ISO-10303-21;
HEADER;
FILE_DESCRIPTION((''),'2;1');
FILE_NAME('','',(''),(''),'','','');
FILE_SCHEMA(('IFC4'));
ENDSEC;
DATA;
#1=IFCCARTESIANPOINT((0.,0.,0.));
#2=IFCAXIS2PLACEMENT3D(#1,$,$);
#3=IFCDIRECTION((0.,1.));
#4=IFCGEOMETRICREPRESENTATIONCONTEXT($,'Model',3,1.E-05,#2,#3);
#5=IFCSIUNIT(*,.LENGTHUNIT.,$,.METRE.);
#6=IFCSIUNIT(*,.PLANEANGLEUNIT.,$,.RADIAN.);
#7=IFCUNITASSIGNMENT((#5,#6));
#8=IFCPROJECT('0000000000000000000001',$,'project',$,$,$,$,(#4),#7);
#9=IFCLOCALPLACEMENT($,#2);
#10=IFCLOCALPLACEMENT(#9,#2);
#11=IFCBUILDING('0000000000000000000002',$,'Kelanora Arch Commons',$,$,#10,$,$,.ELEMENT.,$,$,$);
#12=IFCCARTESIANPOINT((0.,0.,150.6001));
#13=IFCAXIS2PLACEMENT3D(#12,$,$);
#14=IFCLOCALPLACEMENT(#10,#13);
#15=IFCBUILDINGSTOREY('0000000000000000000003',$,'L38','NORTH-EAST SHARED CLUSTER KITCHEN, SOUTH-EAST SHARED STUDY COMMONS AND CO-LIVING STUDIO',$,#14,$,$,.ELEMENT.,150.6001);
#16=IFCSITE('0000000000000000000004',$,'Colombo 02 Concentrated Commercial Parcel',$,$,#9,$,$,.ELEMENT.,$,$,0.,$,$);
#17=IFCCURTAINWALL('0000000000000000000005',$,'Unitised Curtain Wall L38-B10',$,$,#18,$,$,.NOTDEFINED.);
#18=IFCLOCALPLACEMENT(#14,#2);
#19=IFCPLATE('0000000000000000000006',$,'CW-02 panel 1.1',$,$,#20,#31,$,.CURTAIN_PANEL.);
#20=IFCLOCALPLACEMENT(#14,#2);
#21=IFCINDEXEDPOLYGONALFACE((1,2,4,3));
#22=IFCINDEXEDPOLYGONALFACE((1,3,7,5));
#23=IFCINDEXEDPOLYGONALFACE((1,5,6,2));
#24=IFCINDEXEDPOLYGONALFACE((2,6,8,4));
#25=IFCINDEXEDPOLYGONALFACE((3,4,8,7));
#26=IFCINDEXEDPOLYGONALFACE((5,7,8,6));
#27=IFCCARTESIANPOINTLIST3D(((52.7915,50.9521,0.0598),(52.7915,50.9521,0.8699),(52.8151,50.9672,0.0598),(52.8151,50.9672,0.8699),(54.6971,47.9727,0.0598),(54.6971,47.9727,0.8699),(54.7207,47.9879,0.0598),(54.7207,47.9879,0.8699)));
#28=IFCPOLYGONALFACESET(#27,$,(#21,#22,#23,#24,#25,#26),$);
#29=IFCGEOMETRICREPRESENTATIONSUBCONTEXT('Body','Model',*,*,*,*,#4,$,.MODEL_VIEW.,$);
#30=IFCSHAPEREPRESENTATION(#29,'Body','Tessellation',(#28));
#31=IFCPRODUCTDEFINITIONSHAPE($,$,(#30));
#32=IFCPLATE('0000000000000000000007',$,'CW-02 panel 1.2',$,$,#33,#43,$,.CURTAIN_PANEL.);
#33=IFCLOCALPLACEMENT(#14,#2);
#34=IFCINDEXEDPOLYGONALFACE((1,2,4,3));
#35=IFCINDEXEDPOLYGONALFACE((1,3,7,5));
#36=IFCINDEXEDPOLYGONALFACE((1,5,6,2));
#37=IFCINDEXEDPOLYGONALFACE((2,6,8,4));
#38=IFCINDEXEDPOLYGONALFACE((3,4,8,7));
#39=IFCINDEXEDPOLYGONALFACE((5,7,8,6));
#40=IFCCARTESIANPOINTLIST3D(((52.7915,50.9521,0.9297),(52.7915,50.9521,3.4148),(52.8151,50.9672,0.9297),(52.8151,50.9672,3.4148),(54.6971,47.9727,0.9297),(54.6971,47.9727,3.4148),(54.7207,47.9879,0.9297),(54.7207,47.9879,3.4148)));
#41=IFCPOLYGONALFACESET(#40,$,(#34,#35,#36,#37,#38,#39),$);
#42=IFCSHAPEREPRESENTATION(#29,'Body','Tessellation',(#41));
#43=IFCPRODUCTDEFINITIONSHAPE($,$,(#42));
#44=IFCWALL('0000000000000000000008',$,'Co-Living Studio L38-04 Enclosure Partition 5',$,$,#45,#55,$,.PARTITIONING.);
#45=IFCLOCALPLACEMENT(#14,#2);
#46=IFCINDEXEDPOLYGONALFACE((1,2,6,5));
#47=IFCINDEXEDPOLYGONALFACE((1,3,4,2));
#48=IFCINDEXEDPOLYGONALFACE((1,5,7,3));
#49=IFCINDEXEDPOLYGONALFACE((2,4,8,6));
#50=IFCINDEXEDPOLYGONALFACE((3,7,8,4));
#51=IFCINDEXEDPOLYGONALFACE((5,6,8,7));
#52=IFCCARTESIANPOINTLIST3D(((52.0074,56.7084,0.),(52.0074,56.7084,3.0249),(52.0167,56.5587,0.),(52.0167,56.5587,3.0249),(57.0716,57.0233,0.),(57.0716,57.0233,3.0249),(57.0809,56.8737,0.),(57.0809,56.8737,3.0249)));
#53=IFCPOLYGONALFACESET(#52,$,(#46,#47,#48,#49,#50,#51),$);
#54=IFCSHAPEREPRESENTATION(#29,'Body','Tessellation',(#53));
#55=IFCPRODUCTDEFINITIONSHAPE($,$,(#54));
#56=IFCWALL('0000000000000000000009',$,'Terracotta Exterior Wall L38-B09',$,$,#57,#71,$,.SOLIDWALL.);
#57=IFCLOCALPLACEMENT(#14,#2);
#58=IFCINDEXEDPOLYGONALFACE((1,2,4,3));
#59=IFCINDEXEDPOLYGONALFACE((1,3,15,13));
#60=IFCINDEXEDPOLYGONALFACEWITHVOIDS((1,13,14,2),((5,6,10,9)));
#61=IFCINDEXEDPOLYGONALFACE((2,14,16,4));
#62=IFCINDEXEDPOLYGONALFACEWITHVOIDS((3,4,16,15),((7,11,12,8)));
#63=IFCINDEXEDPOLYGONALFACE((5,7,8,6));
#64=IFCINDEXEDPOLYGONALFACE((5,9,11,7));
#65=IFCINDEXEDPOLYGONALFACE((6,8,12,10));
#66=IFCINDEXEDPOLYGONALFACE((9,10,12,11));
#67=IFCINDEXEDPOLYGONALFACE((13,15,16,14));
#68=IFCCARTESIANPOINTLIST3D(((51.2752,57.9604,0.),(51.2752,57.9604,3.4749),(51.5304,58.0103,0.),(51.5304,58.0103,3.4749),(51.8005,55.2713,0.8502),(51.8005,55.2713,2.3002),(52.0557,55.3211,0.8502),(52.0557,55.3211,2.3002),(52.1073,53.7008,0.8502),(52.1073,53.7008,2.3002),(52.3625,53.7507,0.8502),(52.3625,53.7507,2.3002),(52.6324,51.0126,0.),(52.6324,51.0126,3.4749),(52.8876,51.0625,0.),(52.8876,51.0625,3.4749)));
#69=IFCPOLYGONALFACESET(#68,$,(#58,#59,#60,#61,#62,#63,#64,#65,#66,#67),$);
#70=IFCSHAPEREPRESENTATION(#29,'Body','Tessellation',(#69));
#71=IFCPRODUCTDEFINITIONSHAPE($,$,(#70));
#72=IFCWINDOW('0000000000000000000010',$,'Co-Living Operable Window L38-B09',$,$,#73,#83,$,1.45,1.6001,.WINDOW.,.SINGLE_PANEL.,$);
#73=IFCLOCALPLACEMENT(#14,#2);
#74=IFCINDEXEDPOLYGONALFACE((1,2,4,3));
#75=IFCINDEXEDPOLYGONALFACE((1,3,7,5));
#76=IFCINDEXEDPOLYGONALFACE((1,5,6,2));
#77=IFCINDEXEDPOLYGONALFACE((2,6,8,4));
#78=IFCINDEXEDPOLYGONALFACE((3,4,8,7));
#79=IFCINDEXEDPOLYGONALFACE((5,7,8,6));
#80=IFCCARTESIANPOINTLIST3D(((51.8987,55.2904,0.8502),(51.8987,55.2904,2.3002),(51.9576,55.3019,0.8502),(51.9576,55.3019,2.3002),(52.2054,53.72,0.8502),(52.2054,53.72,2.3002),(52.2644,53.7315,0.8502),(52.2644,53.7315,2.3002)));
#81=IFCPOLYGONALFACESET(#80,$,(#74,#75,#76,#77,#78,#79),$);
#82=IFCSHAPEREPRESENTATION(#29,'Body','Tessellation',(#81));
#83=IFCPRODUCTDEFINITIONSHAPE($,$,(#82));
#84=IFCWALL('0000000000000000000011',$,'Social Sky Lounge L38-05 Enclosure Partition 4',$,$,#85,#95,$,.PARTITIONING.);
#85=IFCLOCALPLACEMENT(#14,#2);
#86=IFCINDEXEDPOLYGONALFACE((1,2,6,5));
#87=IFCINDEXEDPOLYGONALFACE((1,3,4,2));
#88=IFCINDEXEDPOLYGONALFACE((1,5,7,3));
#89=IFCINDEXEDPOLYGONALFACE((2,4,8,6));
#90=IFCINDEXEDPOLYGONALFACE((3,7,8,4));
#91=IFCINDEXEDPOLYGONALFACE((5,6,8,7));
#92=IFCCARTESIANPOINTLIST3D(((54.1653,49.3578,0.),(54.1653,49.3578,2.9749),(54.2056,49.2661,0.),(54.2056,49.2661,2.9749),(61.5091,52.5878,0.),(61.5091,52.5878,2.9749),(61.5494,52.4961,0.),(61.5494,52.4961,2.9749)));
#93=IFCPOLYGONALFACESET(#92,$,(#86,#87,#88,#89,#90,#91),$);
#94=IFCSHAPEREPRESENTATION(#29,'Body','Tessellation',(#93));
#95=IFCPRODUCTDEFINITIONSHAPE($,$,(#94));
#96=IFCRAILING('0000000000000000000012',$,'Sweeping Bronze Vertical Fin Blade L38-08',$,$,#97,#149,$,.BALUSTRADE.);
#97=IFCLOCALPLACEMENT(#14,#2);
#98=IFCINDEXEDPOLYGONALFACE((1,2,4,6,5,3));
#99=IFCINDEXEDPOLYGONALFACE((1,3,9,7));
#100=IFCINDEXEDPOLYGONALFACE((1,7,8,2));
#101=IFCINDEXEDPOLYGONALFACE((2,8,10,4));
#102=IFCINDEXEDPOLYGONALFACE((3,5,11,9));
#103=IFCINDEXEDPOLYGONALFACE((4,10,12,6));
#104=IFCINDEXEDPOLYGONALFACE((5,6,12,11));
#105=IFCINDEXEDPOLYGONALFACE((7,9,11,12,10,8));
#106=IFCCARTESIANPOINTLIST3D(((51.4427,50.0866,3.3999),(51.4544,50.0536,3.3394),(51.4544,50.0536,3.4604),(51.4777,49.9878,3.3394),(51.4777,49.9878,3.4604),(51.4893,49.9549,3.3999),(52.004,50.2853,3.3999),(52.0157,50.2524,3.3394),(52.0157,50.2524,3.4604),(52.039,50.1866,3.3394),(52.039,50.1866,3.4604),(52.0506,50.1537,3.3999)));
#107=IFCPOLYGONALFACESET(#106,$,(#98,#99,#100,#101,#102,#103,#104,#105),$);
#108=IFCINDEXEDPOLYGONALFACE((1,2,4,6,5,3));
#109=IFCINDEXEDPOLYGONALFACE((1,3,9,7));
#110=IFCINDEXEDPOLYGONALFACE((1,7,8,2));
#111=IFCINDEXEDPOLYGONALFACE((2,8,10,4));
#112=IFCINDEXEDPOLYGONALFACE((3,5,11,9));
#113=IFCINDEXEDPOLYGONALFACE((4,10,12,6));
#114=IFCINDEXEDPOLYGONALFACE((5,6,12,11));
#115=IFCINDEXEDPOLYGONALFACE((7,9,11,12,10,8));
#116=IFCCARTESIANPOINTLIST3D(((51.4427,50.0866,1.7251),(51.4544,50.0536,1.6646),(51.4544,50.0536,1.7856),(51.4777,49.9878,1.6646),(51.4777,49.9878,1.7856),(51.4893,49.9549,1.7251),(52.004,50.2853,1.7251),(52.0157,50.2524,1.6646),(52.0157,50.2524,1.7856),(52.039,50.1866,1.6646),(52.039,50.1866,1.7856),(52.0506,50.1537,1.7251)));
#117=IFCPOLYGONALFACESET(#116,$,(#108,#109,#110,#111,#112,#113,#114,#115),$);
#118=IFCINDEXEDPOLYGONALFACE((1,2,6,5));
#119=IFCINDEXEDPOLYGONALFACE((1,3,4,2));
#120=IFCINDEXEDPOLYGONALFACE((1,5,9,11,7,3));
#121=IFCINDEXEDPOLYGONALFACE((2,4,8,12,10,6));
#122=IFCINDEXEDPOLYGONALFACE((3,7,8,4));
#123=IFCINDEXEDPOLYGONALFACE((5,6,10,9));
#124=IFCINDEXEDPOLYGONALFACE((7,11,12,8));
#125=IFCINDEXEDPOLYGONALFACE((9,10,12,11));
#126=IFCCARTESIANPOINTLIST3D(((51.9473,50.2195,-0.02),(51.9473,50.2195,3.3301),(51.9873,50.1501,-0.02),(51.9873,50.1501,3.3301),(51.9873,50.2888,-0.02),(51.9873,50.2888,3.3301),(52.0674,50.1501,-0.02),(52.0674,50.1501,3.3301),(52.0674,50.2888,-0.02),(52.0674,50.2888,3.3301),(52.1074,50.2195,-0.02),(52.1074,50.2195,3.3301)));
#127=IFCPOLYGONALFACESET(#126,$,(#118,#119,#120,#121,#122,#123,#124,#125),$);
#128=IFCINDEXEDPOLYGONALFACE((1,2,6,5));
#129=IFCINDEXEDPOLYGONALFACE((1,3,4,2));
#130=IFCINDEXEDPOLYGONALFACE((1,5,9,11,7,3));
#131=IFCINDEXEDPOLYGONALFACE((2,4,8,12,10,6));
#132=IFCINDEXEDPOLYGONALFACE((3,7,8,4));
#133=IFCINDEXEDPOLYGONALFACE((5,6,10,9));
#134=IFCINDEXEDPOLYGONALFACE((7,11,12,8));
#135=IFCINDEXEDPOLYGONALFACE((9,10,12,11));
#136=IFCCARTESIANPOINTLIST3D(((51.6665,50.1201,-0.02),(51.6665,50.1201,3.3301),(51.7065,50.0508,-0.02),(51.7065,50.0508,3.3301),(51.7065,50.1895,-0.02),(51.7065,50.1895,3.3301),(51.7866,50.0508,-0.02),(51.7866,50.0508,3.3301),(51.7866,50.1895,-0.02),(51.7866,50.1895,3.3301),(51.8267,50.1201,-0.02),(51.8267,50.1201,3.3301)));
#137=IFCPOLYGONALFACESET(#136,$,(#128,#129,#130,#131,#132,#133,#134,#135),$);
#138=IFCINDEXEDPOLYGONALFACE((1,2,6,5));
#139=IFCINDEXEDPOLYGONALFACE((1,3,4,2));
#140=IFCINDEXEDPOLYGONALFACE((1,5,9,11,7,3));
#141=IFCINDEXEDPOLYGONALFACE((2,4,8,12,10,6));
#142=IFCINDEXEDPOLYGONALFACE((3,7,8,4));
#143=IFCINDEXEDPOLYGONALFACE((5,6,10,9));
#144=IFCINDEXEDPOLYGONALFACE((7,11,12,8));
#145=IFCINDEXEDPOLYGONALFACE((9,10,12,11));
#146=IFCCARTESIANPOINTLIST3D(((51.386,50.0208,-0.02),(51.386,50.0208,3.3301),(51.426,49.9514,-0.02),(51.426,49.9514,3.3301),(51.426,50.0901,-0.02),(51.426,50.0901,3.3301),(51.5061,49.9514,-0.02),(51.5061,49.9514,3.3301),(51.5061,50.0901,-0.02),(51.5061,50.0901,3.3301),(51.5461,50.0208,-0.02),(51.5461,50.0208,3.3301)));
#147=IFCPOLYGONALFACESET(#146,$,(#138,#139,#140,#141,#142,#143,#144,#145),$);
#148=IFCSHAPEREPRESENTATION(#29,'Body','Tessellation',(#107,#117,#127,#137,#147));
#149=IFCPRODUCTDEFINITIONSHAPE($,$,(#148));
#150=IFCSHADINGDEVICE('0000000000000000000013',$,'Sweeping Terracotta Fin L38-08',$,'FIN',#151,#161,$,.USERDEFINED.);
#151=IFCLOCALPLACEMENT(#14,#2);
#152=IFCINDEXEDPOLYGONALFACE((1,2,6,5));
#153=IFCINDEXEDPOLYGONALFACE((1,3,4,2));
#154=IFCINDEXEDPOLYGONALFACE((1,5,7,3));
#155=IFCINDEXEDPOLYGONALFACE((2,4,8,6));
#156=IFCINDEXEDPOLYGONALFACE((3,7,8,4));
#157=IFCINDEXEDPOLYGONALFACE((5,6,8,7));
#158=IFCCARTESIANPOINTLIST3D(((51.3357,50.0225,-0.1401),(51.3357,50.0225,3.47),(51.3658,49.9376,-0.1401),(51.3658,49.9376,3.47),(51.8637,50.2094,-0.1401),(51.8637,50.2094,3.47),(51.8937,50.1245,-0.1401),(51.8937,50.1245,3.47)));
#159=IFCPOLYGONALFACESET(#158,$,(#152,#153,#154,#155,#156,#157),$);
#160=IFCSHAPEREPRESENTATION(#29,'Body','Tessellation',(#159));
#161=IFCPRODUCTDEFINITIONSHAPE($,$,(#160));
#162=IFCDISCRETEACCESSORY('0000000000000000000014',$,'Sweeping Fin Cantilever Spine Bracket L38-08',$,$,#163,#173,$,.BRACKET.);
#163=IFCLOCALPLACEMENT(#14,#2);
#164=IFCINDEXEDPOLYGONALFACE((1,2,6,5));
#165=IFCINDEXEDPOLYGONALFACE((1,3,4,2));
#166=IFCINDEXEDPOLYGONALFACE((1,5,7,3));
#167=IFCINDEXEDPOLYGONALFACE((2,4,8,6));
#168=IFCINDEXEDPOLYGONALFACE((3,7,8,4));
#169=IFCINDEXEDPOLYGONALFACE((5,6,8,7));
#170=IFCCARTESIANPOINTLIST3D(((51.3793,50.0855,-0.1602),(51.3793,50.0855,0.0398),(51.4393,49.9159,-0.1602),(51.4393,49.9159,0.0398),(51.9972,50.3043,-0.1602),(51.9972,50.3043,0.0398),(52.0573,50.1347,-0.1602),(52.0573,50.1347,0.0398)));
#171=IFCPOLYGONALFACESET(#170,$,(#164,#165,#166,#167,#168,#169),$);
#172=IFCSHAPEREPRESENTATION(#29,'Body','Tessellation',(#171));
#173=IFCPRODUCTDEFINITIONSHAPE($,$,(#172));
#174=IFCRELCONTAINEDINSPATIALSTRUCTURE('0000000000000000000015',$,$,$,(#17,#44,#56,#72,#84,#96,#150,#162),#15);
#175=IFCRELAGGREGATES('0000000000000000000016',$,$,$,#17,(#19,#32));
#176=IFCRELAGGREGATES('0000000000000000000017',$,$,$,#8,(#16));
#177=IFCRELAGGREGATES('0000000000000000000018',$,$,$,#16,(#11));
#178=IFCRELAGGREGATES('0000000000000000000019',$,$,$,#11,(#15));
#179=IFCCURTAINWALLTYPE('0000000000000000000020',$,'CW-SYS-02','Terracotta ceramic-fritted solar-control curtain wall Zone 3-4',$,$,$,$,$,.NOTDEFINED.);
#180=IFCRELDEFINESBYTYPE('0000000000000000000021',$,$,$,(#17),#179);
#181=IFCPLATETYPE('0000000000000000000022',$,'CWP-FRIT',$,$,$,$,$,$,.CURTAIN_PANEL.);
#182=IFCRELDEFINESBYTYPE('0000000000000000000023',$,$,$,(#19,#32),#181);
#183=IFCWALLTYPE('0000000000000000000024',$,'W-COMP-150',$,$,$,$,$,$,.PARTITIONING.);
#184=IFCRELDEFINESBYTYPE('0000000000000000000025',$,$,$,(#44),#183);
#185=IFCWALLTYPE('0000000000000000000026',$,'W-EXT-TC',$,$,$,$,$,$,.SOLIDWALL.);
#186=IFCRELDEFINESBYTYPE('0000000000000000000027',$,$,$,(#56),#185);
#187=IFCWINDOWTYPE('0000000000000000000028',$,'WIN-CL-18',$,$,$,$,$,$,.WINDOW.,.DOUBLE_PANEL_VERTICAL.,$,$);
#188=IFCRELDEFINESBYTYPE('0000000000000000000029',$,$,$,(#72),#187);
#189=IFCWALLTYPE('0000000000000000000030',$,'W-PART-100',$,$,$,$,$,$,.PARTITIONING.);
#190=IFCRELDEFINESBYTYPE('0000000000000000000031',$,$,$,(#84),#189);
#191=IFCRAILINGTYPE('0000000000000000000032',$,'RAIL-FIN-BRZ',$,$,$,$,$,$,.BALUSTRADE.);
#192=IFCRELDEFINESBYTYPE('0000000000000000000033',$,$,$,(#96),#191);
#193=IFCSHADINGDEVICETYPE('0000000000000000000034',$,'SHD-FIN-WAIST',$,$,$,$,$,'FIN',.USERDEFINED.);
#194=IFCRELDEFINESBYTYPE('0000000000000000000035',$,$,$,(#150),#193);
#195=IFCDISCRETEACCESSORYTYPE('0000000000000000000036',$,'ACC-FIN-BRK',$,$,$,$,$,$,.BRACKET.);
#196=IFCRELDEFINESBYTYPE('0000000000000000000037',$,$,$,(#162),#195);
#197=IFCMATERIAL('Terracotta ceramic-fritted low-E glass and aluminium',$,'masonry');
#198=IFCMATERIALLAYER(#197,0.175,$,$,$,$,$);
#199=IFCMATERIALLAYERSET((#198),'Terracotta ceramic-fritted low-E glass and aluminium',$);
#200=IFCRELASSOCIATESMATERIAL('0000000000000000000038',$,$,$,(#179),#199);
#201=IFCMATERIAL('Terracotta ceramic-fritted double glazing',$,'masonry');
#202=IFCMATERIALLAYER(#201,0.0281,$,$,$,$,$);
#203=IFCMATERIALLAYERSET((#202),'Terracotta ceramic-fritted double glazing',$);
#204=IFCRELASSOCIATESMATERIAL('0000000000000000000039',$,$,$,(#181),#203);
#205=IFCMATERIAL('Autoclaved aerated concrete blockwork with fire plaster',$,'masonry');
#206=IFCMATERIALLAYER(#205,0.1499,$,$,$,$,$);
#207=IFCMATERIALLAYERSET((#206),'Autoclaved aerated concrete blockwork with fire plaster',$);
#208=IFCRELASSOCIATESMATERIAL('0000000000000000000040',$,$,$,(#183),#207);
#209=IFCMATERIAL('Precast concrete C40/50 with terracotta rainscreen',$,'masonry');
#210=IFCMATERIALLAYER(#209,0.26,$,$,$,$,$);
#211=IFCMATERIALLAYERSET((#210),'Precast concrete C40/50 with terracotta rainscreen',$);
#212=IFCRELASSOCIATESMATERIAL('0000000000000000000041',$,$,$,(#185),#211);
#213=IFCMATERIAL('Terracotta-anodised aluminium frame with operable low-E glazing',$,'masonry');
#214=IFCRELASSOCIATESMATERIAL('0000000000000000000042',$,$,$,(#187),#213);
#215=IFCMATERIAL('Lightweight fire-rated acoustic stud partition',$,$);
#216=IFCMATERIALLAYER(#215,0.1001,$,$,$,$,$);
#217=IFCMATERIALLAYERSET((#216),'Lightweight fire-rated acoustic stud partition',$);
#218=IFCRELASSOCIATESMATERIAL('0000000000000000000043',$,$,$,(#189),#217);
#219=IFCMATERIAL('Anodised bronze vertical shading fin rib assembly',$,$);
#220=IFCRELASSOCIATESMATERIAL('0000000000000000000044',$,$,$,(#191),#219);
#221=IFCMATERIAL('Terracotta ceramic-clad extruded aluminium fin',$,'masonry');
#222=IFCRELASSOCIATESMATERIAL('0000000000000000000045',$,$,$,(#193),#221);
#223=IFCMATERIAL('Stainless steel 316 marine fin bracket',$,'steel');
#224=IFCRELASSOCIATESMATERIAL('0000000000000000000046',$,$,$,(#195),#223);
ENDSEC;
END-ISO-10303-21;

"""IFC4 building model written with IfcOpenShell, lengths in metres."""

from ifc_helpers import new_model, si_unit, direction, frame, frame_2d, origin, origin_2d, place, context, subcontext, project, spatial, polyline, rectangle, outline, extrude, source, transform, mapped, material, layer, layer_set, type_object, element, fill, aggregate, save


model = new_model("IFC4")

# Units and contexts
model_context = context("Model", 3, precision=1e-05, world=origin(), true_north=direction((0.0, 1.0)))
body_context = subcontext(model_context, "Body", "Model", "MODEL_VIEW")
ifc_project = project(units=[si_unit("LENGTHUNIT", "METRE"), si_unit("PLANEANGLEUNIT", "RADIAN")], contexts=[model_context])

# Site, building, storey
site_placement = place(None, origin())
site = spatial("IfcSite", under=ifc_project, at=site_placement, Name="Colombo 02 Concentrated Commercial Parcel", CompositionType="ELEMENT", RefElevation=0.0)
building_placement = place(site_placement, origin())
building = spatial("IfcBuilding", under=site, at=building_placement, Name="Kelanora Arch Commons", CompositionType="ELEMENT")
storey_placement = place(building_placement, frame((0.0, 0.0, 150.6001)))
storey = spatial("IfcBuildingStorey", under=building, at=storey_placement, Name="L38", Description="NORTH-EAST SHARED CLUSTER KITCHEN, SOUTH-EAST SHARED STUDY COMMONS AND CO-LIVING STUDIO", CompositionType="ELEMENT", Elevation=150.6001)

# Shared definitions
ifc_material_1 = material(Name="Terracotta ceramic-fritted low-E glass and aluminium", Category="masonry")
ifc_layer_1 = layer(ifc_material_1, 0.175)
ifc_layer_set_1 = layer_set([ifc_layer_1], Name="Terracotta ceramic-fritted low-E glass and aluminium")
curtain_wall_type = type_object("IfcCurtainWallType", Name="CW-SYS-02", Description="Terracotta ceramic-fritted solar-control curtain wall Zone 3-4", PredefinedType="NOTDEFINED", material=ifc_layer_set_1)

# Curtain wall
curtain_wall_1_placement = place(storey_placement, origin())
curtain_wall_1 = element("IfcCurtainWall", 1, at=curtain_wall_1_placement, inside=storey, type_object=curtain_wall_type, Name="Unitised Curtain Wall L38-B10", PredefinedType="NOTDEFINED")

# Plates
ifc_material_2 = material(Name="Terracotta ceramic-fritted double glazing", Category="masonry")
ifc_layer_2 = layer(ifc_material_2, 0.0281)
ifc_layer_set_2 = layer_set([ifc_layer_2], Name="Terracotta ceramic-fritted double glazing")
plate_type = type_object("IfcPlateType", Name="CWP-FRIT", PredefinedType="CURTAIN_PANEL", material=ifc_layer_set_2)
shared_shape_1 = source(origin(), body_context, "Body", "SweptSolid", [
    extrude(rectangle(XDim=3.5366, YDim=0.0281, at=origin_2d()), origin(), (0.0, 0.0, 1.0), 0.8101),
])
plate_1_placement = place(storey_placement, frame((53.7561, 49.47, 0.0598), z_axis=(0.0, 0.0, 1.0), x_axis=(0.538817, -0.842423, 0.0)))
plate_1 = element("IfcPlate", 2, at=plate_1_placement, type_object=plate_type, Name="CW-02 panel 1.1", PredefinedType="CURTAIN_PANEL", context=body_context, shape_type="MappedRepresentation", body=[
    mapped(shared_shape_1, transform((0.0, 0.0, 0.0), scale=1.0)),
])
shared_shape_2 = source(origin(), body_context, "Body", "SweptSolid", [
    extrude(rectangle(XDim=3.5366, YDim=0.0281, at=origin_2d()), origin(), (0.0, 0.0, 1.0), 2.4851),
])
plate_2_placement = place(storey_placement, frame((53.7561, 49.47, 0.9297), z_axis=(0.0, 0.0, 1.0), x_axis=(0.538817, -0.842423, 0.0)))
plate_2 = element("IfcPlate", 3, at=plate_2_placement, type_object=plate_type, Name="CW-02 panel 1.2", PredefinedType="CURTAIN_PANEL", context=body_context, shape_type="MappedRepresentation", body=[
    mapped(shared_shape_2, transform((0.0, 0.0, 0.0), scale=1.0)),
])
aggregate(curtain_wall_1, [plate_1, plate_2])

# Wall
ifc_material_3 = material(Name="Autoclaved aerated concrete blockwork with fire plaster", Category="masonry")
ifc_layer_3 = layer(ifc_material_3, 0.1499)
ifc_layer_set_3 = layer_set([ifc_layer_3], Name="Autoclaved aerated concrete blockwork with fire plaster")
wall_type_1 = type_object("IfcWallType", Name="W-COMP-150", PredefinedType="PARTITIONING", material=ifc_layer_set_3)
wall_1_placement = place(storey_placement, frame((52.012, 56.6335, 0.0), z_axis=(0.0, 0.0, 1.0), x_axis=(0.998072, 0.06207, 0.0)))
element("IfcWall", 4, at=wall_1_placement, inside=storey, type_object=wall_type_1, Name="Co-Living Studio L38-04 Enclosure Partition 5", PredefinedType="PARTITIONING", context=body_context, shape_type="SweptSolid", body=[
    extrude(rectangle(XDim=5.074, YDim=0.1499, at=frame_2d((2.5371, 0.0))), origin(), (0.0, 0.0, 1.0), 3.0249),
])

# Wall, opening, window
ifc_material_4 = material(Name="Precast concrete C40/50 with terracotta rainscreen", Category="masonry")
ifc_layer_4 = layer(ifc_material_4, 0.26)
ifc_layer_set_4 = layer_set([ifc_layer_4], Name="Precast concrete C40/50 with terracotta rainscreen")
wall_type_2 = type_object("IfcWallType", Name="W-EXT-TC", PredefinedType="SOLIDWALL", material=ifc_layer_set_4)
wall_2_placement = place(storey_placement, frame((51.4028, 57.9854, 0.0), z_axis=(0.0, 0.0, 1.0), x_axis=(0.191717, -0.98145, 0.0)))
wall_2 = element("IfcWall", 5, at=wall_2_placement, inside=storey, type_object=wall_type_2, Name="Terracotta Exterior Wall L38-B09", PredefinedType="SOLIDWALL", context=body_context, shape_type="SweptSolid", body=[
    extrude(rectangle(XDim=7.0791, YDim=0.26, at=frame_2d((3.5396, 0.0))), origin(), (0.0, 0.0, 1.0), 3.4749),
])
opening_placement = place(wall_2_placement, frame((2.74, 0.0, 0.8501)))
opening = element("IfcOpeningElement", 6, at=opening_placement, cuts=wall_2, PredefinedType="OPENING", context=body_context, shape_type="SweptSolid", body=[
    extrude(rectangle(XDim=1.6001, YDim=1.45, at=frame_2d((0.8, 0.7251))), frame((0.0, 0.1401, 0.0), z_axis=(0.0, -1.0, 0.0), x_axis=(1.0, 0.0, 0.0)), (0.0, 0.0, 1.0), 0.28),
])
ifc_material_5 = material(Name="Terracotta-anodised aluminium frame with operable low-E glazing", Category="masonry")
window_type = type_object("IfcWindowType", Name="WIN-CL-18", PartitioningType="DOUBLE_PANEL_VERTICAL", PredefinedType="WINDOW", material=ifc_material_5)
window_placement = place(opening_placement, origin())
window = element("IfcWindow", 7, at=window_placement, inside=storey, type_object=window_type, Name="Co-Living Operable Window L38-B09", OverallHeight=1.45, OverallWidth=1.6001, PartitioningType="SINGLE_PANEL", PredefinedType="WINDOW", context=body_context, shape_type="SweptSolid", body=[
    extrude(rectangle(XDim=1.6001, YDim=1.45, at=frame_2d((0.8, 0.7251))), frame((0.0, 0.03, 0.0), z_axis=(0.0, -1.0, 0.0), x_axis=(1.0, 0.0, 0.0)), (0.0, 0.0, 1.0), 0.0601),
])
fill(opening, window)

# Wall
ifc_material_6 = material(Name="Lightweight fire-rated acoustic stud partition")
ifc_layer_5 = layer(ifc_material_6, 0.1001)
ifc_layer_set_5 = layer_set([ifc_layer_5], Name="Lightweight fire-rated acoustic stud partition")
wall_type_3 = type_object("IfcWallType", Name="W-PART-100", PredefinedType="PARTITIONING", material=ifc_layer_set_5)
wall_3_placement = place(storey_placement, frame((54.1855, 49.312, 0.0), z_axis=(0.0, 0.0, 1.0), x_axis=(0.915373, 0.402606, 0.0)))
element("IfcWall", 8, at=wall_3_placement, inside=storey, type_object=wall_type_3, Name="Social Sky Lounge L38-05 Enclosure Partition 4", PredefinedType="PARTITIONING", context=body_context, shape_type="SweptSolid", body=[
    extrude(rectangle(XDim=8.0227, YDim=0.1001, at=frame_2d((4.0112, 0.0))), origin(), (0.0, 0.0, 1.0), 2.9749),
])

# Railing
ifc_material_7 = material(Name="Anodised bronze vertical shading fin rib assembly")
railing_type = type_object("IfcRailingType", Name="RAIL-FIN-BRZ", PredefinedType="BALUSTRADE", material=ifc_material_7)
railing_placement = place(storey_placement, frame((52.0273, 50.2195, -0.02)))
element("IfcRailing", 9, at=railing_placement, inside=storey, type_object=railing_type, Name="Sweeping Bronze Vertical Fin Blade L38-08", PredefinedType="BALUSTRADE", context=body_context, shape_type="SweptSolid", body=[
    extrude(outline(polyline([(0.0698, 0.0), (0.0349, 0.0605), (-0.0349, 0.0605), (-0.0698, 0.0), (-0.0349, -0.0605), (0.0349, -0.0605), (0.0698, 0.0)])), frame((0.0, 0.0, 3.4199), z_axis=(-0.942657, -0.333764, 0.0), x_axis=(0.333764, -0.942657, 0.0)), (0.0, 0.0, 1.0), 0.5955),
    extrude(outline(polyline([(0.0698, 0.0), (0.0349, 0.0605), (-0.0349, 0.0605), (-0.0698, 0.0), (-0.0349, -0.0605), (0.0349, -0.0605), (0.0698, 0.0)])), frame((0.0, 0.0, 1.7451), z_axis=(-0.942657, -0.333764, 0.0), x_axis=(0.333764, -0.942657, 0.0)), (0.0, 0.0, 1.0), 0.5955),
    extrude(outline(polyline([(0.0801, 0.0), (0.04, 0.0693), (-0.04, 0.0693), (-0.0801, 0.0), (-0.04, -0.0693), (0.04, -0.0693), (0.0801, 0.0)])), origin(), (0.0, 0.0, 1.0), 3.3501),
    extrude(outline(polyline([(0.0801, 0.0), (0.04, 0.0693), (-0.04, 0.0693), (-0.0801, 0.0), (-0.04, -0.0693), (0.04, -0.0693), (0.0801, 0.0)])), frame((-0.2808, -0.0994, 0.0)), (0.0, 0.0, 1.0), 3.3501),
    extrude(outline(polyline([(0.0801, 0.0), (0.04, 0.0693), (-0.04, 0.0693), (-0.0801, 0.0), (-0.04, -0.0693), (0.04, -0.0693), (0.0801, 0.0)])), frame((-0.5613, -0.1987, 0.0)), (0.0, 0.0, 1.0), 3.3501),
])

# Shading device
ifc_material_8 = material(Name="Terracotta ceramic-clad extruded aluminium fin", Category="masonry")
shading_device_type = type_object("IfcShadingDeviceType", Name="SHD-FIN-WAIST", ElementType="FIN", PredefinedType="USERDEFINED", material=ifc_material_8)
shared_shape_3 = source(origin(), body_context, "Body", "SweptSolid", [
    extrude(rectangle(XDim=0.5601, YDim=0.0901, at=origin_2d()), origin(), (0.0, 0.0, 1.0), 3.6101),
])
shading_device_placement = place(storey_placement, frame((51.6147, 50.0735, -0.1401), z_axis=(0.0, 0.0, 1.0), x_axis=(-0.942641, -0.333807, 0.0)))
element("IfcShadingDevice", 10, at=shading_device_placement, inside=storey, type_object=shading_device_type, Name="Sweeping Terracotta Fin L38-08", ObjectType="FIN", PredefinedType="USERDEFINED", context=body_context, shape_type="MappedRepresentation", body=[
    mapped(shared_shape_3, transform((0.0, 0.0, 0.0), scale=1.0)),
])

# Discrete accessory
ifc_material_9 = material(Name="Stainless steel 316 marine fin bracket", Category="steel")
discrete_accessory_type = type_object("IfcDiscreteAccessoryType", Name="ACC-FIN-BRK", PredefinedType="BRACKET", material=ifc_material_9)
shared_shape_4 = source(origin(), body_context, "Body", "SweptSolid", [
    extrude(rectangle(XDim=0.6555, YDim=0.1799, at=origin_2d()), origin(), (0.0, 0.0, 1.0), 0.2),
])
discrete_accessory_placement = place(storey_placement, frame((51.7183, 50.1101, -0.1602), z_axis=(0.0, 0.0, 1.0), x_axis=(-0.942641, -0.333807, 0.0)))
element("IfcDiscreteAccessory", 11, at=discrete_accessory_placement, inside=storey, type_object=discrete_accessory_type, Name="Sweeping Fin Cantilever Spine Bracket L38-08", PredefinedType="BRACKET", context=body_context, shape_type="MappedRepresentation", body=[
    mapped(shared_shape_4, transform((0.0, 0.0, 0.0), scale=1.0)),
])

save(model, "model.ifc")
